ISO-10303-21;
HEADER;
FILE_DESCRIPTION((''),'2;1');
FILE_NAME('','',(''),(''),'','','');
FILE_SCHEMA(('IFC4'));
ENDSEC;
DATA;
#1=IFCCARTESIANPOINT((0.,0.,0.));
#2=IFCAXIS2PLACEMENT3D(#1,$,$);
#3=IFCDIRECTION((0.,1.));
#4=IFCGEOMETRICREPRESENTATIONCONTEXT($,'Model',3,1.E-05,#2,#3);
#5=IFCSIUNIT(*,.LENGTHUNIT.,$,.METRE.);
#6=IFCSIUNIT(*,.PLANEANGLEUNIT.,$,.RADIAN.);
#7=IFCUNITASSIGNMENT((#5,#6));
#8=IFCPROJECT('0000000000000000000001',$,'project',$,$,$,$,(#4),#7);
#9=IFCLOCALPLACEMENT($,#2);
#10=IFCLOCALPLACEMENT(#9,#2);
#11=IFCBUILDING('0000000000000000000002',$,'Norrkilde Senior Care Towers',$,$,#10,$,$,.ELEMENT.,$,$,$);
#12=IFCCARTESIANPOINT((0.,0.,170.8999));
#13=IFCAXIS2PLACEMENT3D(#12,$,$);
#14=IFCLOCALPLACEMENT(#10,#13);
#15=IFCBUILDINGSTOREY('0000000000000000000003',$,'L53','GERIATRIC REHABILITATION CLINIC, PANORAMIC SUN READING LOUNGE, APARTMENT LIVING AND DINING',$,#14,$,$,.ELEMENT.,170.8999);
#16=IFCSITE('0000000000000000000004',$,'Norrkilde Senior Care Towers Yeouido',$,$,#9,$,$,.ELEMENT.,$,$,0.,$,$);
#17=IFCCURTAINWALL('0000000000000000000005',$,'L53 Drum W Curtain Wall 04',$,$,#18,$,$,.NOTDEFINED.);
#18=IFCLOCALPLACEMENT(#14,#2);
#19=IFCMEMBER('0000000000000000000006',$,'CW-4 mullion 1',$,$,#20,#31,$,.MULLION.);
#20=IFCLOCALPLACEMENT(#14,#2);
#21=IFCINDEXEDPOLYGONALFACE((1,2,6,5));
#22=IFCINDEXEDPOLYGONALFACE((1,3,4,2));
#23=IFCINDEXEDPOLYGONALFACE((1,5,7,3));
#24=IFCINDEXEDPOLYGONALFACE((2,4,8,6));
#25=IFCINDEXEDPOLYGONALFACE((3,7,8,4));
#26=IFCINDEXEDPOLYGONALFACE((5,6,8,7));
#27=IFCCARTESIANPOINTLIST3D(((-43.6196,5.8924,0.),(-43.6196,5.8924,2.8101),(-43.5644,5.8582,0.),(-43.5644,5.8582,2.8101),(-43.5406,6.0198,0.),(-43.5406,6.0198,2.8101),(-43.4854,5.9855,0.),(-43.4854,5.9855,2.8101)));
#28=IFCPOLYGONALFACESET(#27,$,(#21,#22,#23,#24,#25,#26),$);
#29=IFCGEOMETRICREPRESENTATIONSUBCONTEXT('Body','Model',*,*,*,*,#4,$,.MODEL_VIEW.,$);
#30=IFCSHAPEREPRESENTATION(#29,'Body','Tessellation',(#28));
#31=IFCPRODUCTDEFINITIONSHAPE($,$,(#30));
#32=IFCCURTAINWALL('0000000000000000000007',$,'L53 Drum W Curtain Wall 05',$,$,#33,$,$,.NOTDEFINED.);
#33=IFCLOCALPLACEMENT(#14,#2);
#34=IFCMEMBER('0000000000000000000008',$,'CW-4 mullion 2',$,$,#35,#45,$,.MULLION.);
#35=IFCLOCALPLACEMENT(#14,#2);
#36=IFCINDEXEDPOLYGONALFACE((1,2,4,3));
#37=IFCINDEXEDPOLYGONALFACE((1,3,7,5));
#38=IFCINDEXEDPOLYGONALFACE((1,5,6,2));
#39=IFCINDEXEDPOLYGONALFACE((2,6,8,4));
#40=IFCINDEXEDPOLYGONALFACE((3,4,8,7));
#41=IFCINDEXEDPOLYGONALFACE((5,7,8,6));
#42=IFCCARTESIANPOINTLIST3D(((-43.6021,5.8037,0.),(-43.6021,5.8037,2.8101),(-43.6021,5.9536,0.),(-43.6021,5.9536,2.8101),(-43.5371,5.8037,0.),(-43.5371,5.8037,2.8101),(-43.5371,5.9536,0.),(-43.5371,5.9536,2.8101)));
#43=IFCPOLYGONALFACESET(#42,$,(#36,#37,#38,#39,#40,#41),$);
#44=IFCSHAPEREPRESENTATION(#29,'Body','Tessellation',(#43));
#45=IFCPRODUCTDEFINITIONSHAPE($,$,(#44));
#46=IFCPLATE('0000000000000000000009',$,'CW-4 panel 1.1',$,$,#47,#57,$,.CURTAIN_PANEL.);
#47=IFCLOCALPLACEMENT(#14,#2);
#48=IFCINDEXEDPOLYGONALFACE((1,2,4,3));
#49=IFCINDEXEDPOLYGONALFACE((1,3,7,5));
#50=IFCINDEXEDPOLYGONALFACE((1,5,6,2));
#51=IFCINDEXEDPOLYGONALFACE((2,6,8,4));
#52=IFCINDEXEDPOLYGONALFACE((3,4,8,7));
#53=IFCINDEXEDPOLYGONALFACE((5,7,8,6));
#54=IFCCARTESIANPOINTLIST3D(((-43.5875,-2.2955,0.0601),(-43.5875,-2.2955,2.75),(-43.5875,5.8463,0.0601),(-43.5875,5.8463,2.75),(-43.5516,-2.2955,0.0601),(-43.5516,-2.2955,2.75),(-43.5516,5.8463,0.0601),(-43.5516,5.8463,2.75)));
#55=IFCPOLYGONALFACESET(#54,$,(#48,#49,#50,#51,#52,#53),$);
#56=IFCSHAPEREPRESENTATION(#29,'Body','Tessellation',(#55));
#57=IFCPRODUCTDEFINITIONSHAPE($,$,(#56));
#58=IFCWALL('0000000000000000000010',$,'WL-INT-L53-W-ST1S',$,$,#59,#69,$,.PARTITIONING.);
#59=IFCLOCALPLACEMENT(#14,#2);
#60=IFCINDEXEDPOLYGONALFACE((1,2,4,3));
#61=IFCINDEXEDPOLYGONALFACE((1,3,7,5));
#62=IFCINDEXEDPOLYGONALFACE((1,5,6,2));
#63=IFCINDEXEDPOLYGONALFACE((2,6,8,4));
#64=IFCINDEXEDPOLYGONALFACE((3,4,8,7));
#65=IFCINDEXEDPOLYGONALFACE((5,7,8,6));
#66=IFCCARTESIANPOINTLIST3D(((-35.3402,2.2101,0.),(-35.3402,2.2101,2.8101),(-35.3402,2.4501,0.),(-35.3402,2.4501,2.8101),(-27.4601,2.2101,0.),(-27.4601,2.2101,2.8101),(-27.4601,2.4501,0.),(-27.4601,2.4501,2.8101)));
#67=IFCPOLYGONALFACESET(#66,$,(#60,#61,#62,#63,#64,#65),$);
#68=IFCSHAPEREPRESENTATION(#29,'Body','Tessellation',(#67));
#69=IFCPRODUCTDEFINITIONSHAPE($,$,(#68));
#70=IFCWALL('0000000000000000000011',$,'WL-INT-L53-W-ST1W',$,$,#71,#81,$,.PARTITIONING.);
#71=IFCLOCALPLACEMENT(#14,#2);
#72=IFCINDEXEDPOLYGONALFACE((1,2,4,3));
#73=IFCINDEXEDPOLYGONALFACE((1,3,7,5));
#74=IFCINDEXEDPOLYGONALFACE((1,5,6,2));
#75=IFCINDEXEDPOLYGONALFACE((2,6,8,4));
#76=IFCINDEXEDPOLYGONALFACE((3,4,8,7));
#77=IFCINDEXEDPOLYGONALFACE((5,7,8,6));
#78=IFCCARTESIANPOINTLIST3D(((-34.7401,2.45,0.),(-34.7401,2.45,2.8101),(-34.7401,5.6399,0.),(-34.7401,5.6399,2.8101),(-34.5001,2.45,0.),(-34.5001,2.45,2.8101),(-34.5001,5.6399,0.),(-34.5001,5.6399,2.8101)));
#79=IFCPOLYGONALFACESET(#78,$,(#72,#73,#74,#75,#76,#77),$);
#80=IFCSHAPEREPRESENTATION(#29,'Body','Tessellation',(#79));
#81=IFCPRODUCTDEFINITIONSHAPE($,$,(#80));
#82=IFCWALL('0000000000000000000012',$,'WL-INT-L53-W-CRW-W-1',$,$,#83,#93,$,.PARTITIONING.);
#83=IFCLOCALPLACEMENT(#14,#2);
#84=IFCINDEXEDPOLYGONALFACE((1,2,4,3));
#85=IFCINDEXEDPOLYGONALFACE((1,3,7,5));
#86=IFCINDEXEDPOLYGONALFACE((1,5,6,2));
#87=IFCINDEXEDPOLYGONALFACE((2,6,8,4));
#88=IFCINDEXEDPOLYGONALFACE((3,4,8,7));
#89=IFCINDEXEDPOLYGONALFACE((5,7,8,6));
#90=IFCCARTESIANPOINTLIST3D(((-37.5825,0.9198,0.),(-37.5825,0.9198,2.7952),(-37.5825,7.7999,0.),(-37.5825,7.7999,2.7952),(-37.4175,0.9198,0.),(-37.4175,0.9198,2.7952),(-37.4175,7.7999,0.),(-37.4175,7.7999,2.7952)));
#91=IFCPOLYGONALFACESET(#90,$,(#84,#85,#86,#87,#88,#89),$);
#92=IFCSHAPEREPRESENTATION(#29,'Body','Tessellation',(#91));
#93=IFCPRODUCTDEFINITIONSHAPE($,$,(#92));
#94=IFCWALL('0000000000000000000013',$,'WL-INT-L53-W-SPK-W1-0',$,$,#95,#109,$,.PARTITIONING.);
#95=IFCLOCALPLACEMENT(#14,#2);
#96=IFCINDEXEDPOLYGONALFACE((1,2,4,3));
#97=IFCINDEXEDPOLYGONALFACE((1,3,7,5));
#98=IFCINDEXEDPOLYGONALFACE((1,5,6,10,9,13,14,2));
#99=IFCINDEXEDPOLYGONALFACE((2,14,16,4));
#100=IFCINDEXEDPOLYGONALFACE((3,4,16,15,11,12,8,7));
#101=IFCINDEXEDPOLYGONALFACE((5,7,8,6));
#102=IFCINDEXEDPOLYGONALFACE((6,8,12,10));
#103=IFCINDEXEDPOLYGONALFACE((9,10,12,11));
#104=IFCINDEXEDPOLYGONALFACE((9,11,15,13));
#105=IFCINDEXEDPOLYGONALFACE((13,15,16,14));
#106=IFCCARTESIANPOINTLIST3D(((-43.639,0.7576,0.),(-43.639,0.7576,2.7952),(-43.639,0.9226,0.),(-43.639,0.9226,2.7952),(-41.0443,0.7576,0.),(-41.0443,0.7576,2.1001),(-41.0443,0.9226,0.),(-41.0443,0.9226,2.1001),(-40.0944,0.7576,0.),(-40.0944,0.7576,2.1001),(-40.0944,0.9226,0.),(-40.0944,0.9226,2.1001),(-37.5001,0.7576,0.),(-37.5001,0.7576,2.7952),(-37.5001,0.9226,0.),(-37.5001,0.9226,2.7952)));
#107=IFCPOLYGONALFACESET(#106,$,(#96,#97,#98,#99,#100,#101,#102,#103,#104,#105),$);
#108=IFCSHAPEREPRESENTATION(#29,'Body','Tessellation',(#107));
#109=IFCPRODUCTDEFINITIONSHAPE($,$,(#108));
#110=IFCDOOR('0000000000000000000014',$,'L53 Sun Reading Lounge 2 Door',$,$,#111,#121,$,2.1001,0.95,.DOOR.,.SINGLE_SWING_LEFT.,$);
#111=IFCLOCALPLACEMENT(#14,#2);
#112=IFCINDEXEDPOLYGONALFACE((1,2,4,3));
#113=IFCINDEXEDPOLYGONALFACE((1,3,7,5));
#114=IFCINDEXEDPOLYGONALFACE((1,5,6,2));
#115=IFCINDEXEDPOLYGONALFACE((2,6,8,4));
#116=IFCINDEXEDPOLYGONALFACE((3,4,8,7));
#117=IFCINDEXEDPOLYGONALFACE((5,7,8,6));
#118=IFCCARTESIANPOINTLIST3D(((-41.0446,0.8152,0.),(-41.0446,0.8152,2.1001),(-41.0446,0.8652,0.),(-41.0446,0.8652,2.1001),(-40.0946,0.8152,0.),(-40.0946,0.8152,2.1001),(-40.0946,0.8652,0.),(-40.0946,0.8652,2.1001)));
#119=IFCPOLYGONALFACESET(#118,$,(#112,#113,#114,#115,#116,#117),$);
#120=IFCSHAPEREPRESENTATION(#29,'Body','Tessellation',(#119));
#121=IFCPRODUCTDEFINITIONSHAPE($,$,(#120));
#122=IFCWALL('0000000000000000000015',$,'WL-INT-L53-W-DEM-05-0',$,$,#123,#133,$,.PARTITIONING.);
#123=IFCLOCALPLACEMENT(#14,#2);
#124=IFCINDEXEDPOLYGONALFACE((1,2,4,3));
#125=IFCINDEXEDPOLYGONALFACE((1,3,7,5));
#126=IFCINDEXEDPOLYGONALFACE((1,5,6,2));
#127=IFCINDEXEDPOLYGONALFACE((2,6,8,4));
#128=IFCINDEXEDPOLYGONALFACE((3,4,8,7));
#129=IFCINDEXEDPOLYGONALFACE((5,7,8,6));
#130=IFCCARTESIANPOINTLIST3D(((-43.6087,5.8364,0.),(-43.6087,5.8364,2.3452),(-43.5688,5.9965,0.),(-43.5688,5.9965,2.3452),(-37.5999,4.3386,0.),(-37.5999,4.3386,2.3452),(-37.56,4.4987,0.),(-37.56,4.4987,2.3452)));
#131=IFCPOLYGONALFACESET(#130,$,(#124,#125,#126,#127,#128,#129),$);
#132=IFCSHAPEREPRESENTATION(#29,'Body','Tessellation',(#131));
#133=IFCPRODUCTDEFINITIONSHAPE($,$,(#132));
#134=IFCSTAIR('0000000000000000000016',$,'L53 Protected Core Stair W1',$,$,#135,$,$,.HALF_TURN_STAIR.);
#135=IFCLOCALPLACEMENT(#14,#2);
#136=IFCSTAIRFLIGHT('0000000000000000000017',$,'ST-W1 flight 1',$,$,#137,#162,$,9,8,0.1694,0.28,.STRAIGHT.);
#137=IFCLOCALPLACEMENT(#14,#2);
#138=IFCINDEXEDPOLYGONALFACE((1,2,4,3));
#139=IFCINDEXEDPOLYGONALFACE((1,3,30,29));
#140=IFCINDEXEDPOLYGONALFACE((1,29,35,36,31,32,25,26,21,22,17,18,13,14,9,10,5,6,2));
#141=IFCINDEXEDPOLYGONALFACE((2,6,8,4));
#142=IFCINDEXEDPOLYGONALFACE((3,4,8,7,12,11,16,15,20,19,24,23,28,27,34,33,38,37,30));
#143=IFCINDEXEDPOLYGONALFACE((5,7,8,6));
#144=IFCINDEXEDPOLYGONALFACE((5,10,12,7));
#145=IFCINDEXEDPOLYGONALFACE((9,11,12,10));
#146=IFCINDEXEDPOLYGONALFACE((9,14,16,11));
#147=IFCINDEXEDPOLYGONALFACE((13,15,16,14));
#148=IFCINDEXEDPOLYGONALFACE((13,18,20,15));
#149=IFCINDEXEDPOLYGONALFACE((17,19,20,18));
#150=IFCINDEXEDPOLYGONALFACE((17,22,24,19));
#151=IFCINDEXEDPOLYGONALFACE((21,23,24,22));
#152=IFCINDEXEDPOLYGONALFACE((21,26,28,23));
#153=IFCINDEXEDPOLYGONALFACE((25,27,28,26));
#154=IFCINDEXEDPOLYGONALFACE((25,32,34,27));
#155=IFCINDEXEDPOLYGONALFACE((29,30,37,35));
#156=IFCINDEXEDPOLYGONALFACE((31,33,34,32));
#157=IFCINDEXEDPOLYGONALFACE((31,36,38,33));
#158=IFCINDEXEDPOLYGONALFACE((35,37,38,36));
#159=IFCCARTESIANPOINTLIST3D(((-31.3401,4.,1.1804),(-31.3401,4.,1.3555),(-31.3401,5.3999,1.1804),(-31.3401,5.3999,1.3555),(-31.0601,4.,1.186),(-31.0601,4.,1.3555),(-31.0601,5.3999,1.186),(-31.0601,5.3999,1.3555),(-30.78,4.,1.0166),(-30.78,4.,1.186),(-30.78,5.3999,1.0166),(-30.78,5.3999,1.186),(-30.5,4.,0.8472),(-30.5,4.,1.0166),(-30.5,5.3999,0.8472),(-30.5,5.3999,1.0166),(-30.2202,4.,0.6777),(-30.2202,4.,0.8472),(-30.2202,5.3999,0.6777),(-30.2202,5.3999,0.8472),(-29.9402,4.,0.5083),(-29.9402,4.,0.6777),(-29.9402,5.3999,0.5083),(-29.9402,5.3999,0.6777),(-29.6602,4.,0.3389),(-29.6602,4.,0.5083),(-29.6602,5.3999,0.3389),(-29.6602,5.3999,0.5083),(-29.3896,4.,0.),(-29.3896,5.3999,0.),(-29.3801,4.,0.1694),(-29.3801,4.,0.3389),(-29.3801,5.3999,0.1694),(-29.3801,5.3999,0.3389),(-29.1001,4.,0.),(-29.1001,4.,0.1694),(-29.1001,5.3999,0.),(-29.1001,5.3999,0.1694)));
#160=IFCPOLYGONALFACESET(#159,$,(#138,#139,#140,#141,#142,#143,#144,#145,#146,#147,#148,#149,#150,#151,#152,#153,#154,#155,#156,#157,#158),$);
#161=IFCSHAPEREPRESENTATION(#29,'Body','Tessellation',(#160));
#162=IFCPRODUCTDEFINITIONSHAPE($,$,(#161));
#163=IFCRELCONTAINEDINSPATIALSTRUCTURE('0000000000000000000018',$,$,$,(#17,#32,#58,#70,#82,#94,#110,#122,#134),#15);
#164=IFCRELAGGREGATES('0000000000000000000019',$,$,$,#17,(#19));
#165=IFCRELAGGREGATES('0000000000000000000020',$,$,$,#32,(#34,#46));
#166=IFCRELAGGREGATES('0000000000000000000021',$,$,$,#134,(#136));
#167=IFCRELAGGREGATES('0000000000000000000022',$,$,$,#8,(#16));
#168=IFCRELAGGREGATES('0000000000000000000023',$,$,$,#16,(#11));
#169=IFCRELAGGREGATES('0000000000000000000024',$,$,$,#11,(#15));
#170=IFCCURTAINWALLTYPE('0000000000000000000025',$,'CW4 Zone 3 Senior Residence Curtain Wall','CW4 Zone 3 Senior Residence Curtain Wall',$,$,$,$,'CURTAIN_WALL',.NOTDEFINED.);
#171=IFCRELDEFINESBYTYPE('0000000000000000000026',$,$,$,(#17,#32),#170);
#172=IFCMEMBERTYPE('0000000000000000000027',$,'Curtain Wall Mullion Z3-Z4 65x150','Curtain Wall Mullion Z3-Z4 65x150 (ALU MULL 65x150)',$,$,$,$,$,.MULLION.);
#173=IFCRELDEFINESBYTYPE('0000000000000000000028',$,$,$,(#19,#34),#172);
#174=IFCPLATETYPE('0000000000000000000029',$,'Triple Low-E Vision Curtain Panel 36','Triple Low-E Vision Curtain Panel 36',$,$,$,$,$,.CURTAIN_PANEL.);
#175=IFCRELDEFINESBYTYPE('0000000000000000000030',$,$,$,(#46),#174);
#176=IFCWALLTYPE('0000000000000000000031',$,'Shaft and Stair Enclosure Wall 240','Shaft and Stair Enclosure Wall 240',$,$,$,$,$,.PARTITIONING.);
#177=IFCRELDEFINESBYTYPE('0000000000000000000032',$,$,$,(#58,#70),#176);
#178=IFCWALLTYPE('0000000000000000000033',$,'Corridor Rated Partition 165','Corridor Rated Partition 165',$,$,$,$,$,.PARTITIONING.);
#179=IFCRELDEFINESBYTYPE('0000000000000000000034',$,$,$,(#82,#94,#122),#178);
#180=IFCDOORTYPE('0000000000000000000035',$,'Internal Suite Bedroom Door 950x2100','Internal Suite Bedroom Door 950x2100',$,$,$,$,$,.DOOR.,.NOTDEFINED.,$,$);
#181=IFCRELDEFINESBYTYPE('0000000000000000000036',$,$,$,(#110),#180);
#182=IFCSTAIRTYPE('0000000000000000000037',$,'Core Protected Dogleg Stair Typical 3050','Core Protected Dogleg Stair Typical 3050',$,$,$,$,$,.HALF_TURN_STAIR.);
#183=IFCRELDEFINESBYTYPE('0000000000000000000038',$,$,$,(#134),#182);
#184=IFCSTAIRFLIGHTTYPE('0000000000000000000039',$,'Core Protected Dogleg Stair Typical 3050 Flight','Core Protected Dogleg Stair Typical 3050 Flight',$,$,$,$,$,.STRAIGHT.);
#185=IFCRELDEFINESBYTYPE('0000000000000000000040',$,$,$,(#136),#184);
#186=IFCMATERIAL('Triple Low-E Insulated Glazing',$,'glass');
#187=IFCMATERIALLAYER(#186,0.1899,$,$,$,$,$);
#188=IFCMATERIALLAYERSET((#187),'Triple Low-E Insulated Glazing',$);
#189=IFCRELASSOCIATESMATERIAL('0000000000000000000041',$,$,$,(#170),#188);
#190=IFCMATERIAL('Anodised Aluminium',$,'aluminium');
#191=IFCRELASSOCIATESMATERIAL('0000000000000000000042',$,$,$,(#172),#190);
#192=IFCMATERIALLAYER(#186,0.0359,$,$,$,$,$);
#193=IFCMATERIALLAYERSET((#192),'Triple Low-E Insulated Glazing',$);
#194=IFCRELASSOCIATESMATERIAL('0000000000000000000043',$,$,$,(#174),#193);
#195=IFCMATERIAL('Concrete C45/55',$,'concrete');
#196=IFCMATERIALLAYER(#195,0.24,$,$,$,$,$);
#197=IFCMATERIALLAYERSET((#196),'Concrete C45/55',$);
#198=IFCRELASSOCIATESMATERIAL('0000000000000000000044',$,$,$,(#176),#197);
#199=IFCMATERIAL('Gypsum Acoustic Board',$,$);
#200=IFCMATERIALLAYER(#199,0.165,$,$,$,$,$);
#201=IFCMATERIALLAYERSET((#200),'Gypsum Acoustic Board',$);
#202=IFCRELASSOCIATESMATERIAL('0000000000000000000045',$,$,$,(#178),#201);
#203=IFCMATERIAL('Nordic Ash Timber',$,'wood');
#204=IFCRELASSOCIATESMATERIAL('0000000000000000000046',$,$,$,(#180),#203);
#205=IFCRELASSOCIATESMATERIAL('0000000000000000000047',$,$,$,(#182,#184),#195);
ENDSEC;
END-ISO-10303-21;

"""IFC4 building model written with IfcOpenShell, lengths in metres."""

from ifc_helpers import new_model, si_unit, direction, frame, frame_2d, origin, origin_2d, place, context, subcontext, project, spatial, polyline, rectangle, outline, extrude, source, transform, mapped, material, layer, layer_set, material_profile, profile_set, type_object, type_shapes, element, fill, aggregate, save


model = new_model("IFC4")

# Units and contexts
model_context = context("Model", 3, precision=1e-05, world=origin(), true_north=direction((0.0, 1.0)))
body_context = subcontext(model_context, "Body", "Model", "MODEL_VIEW")
ifc_project = project(units=[si_unit("LENGTHUNIT", "METRE"), si_unit("PLANEANGLEUNIT", "RADIAN")], contexts=[model_context])

# Site, building, storey
site_placement = place(None, origin())
site = spatial("IfcSite", under=ifc_project, at=site_placement, Name="Norrkilde Senior Care Towers Yeouido", CompositionType="ELEMENT", RefElevation=0.0)
building_placement = place(site_placement, origin())
building = spatial("IfcBuilding", under=site, at=building_placement, Name="Norrkilde Senior Care Towers", CompositionType="ELEMENT")
storey_placement = place(building_placement, frame((0.0, 0.0, 170.8999)))
storey = spatial("IfcBuildingStorey", under=building, at=storey_placement, Name="L53", Description="GERIATRIC REHABILITATION CLINIC, PANORAMIC SUN READING LOUNGE, APARTMENT LIVING AND DINING", CompositionType="ELEMENT", Elevation=170.8999)

# Curtain wall, member
ifc_material_1 = material(Name="Triple Low-E Insulated Glazing", Category="glass")
ifc_layer_1 = layer(ifc_material_1, 0.1899)
ifc_layer_set_1 = layer_set([ifc_layer_1], Name="Triple Low-E Insulated Glazing")
curtain_wall_type = type_object("IfcCurtainWallType", Name="CW4 Zone 3 Senior Residence Curtain Wall", Description="CW4 Zone 3 Senior Residence Curtain Wall", ElementType="CURTAIN_WALL", PredefinedType="NOTDEFINED", material=ifc_layer_set_1)
curtain_wall_1_placement = place(storey_placement, origin())
curtain_wall_1 = element("IfcCurtainWall", 1, at=curtain_wall_1_placement, inside=storey, type_object=curtain_wall_type, Name="L53 Drum W Curtain Wall 04", PredefinedType="NOTDEFINED")
ifc_material_2 = material(Name="Anodised Aluminium", Category="aluminium")
ifc_material_profile_1 = material_profile(ifc_material_2, rectangle(XDim=0.0649, YDim=0.1499, at=origin_2d()), Name="ALU MULL 65x150")
ifc_profile_set_1 = profile_set([ifc_material_profile_1], Name="Anodised Aluminium")
member_type = type_object("IfcMemberType", Name="Curtain Wall Mullion Z3-Z4 65x150", Description="Curtain Wall Mullion Z3-Z4 65x150 (ALU MULL 65x150)", PredefinedType="MULLION", material=ifc_profile_set_1)
shared_shape_1 = source(origin(), body_context, "Body", "SweptSolid", [
    extrude(rectangle(XDim=0.0649, YDim=0.1499, at=origin_2d()), origin(), (0.0, 0.0, 1.0), 2.8101),
])
type_shapes(member_type, [shared_shape_1])
member_1_placement = place(storey_placement, frame((-43.5525, 5.939, 0.0), z_axis=(0.0, 0.0, 1.0), x_axis=(-0.849634, 0.527373, 0.0)))
member_1 = element("IfcMember", 2, at=member_1_placement, type_object=member_type, Name="CW-4 mullion 1", PredefinedType="MULLION", context=body_context, shape_type="MappedRepresentation", body=[
    mapped(shared_shape_1, transform((0.0, 0.0, 0.0), x_axis=(1.0, 0.0, 0.0), y_axis=(0.0, 1.0, 0.0), z_axis=(0.0, 0.0, 1.0), scale=1.0)),
])
aggregate(curtain_wall_1, [member_1])

# Curtain wall, member, plate
curtain_wall_2_placement = place(storey_placement, origin())
curtain_wall_2 = element("IfcCurtainWall", 3, at=curtain_wall_2_placement, inside=storey, type_object=curtain_wall_type, Name="L53 Drum W Curtain Wall 05", PredefinedType="NOTDEFINED")
member_2_placement = place(storey_placement, frame((-43.5696, 5.8787, 0.0), z_axis=(0.0, 0.0, 1.0), x_axis=(-1.0, 0.0, 0.0)))
member_2 = element("IfcMember", 4, at=member_2_placement, type_object=member_type, Name="CW-4 mullion 2", PredefinedType="MULLION", context=body_context, shape_type="MappedRepresentation", body=[
    mapped(shared_shape_1, transform((0.0, 0.0, 0.0), x_axis=(1.0, 0.0, 0.0), y_axis=(0.0, 1.0, 0.0), z_axis=(0.0, 0.0, 1.0), scale=1.0)),
])
ifc_layer_2 = layer(ifc_material_1, 0.0359)
ifc_layer_set_2 = layer_set([ifc_layer_2], Name="Triple Low-E Insulated Glazing")
plate_type = type_object("IfcPlateType", Name="Triple Low-E Vision Curtain Panel 36", Description="Triple Low-E Vision Curtain Panel 36", PredefinedType="CURTAIN_PANEL", material=ifc_layer_set_2)
shared_shape_2 = source(origin(), body_context, "Body", "SweptSolid", [
    extrude(rectangle(XDim=8.1418, YDim=0.0359, at=origin_2d()), origin(), (0.0, 0.0, 1.0), 2.6899),
])
type_shapes(plate_type, [shared_shape_2])
plate_placement = place(storey_placement, frame((-43.5696, 1.7754, 0.0601), z_axis=(0.0, 0.0, 1.0), x_axis=(0.0, 1.0, 0.0)))
plate = element("IfcPlate", 5, at=plate_placement, type_object=plate_type, Name="CW-4 panel 1.1", PredefinedType="CURTAIN_PANEL", context=body_context, shape_type="MappedRepresentation", body=[
    mapped(shared_shape_2, transform((0.0, 0.0, 0.0), x_axis=(1.0, 0.0, 0.0), y_axis=(0.0, 1.0, 0.0), z_axis=(0.0, 0.0, 1.0), scale=1.0)),
])
aggregate(curtain_wall_2, [member_2, plate])

# Walls
ifc_material_3 = material(Name="Concrete C45/55", Category="concrete")
ifc_layer_3 = layer(ifc_material_3, 0.24)
ifc_layer_set_3 = layer_set([ifc_layer_3], Name="Concrete C45/55")
wall_type_1 = type_object("IfcWallType", Name="Shaft and Stair Enclosure Wall 240", Description="Shaft and Stair Enclosure Wall 240", PredefinedType="PARTITIONING", material=ifc_layer_set_3)
shared_shape_3 = source(origin(), body_context, "Body", "SweptSolid", [
    extrude(rectangle(XDim=7.8801, YDim=0.24, at=frame_2d((3.9399, 0.0))), origin(), (0.0, 0.0, 1.0), 2.8101),
])
wall_1_placement = place(storey_placement, frame((-35.3401, 2.3301, 0.0), z_axis=(0.0, 0.0, 1.0), x_axis=(1.0, 0.0, 0.0)))
element("IfcWall", 6, at=wall_1_placement, inside=storey, type_object=wall_type_1, Name="WL-INT-L53-W-ST1S", PredefinedType="PARTITIONING", context=body_context, shape_type="MappedRepresentation", body=[
    mapped(shared_shape_3, transform((0.0, 0.0, 0.0), x_axis=(1.0, 0.0, 0.0), y_axis=(0.0, 1.0, 0.0), z_axis=(0.0, 0.0, 1.0), scale=1.0)),
])
shared_shape_4 = source(origin(), body_context, "Body", "SweptSolid", [
    extrude(rectangle(XDim=3.1899, YDim=0.24, at=frame_2d((1.595, 0.0))), origin(), (0.0, 0.0, 1.0), 2.8101),
])
type_shapes(wall_type_1, [shared_shape_3, shared_shape_4])
wall_2_placement = place(storey_placement, frame((-34.6201, 2.45, 0.0), z_axis=(0.0, 0.0, 1.0), x_axis=(0.0, 1.0, 0.0)))
element("IfcWall", 7, at=wall_2_placement, inside=storey, type_object=wall_type_1, Name="WL-INT-L53-W-ST1W", PredefinedType="PARTITIONING", context=body_context, shape_type="MappedRepresentation", body=[
    mapped(shared_shape_4, transform((0.0, 0.0, 0.0), x_axis=(1.0, 0.0, 0.0), y_axis=(0.0, 1.0, 0.0), z_axis=(0.0, 0.0, 1.0), scale=1.0)),
])

# Wall
ifc_material_4 = material(Name="Gypsum Acoustic Board")
ifc_layer_4 = layer(ifc_material_4, 0.165)
ifc_layer_set_4 = layer_set([ifc_layer_4], Name="Gypsum Acoustic Board")
wall_type_2 = type_object("IfcWallType", Name="Corridor Rated Partition 165", Description="Corridor Rated Partition 165", PredefinedType="PARTITIONING", material=ifc_layer_set_4)
shared_shape_5 = source(origin(), body_context, "Body", "SweptSolid", [
    extrude(rectangle(XDim=6.8801, YDim=0.165, at=frame_2d((3.4399, 0.0))), origin(), (0.0, 0.0, 1.0), 2.7952),
])
wall_3_placement = place(storey_placement, frame((-37.5, 0.9199, 0.0), z_axis=(0.0, 0.0, 1.0), x_axis=(0.0, 1.0, 0.0)))
element("IfcWall", 8, at=wall_3_placement, inside=storey, type_object=wall_type_2, Name="WL-INT-L53-W-CRW-W-1", PredefinedType="PARTITIONING", context=body_context, shape_type="MappedRepresentation", body=[
    mapped(shared_shape_5, transform((0.0, 0.0, 0.0), x_axis=(1.0, 0.0, 0.0), y_axis=(0.0, 1.0, 0.0), z_axis=(0.0, 0.0, 1.0), scale=1.0)),
])

# Wall, opening, door
shared_shape_6 = source(origin(), body_context, "Body", "SweptSolid", [
    extrude(rectangle(XDim=6.1389, YDim=0.165, at=frame_2d((3.0693, 0.0))), origin(), (0.0, 0.0, 1.0), 2.7952),
])
wall_4_placement = place(storey_placement, frame((-43.6389, 0.8401, 0.0), z_axis=(0.0, 0.0, 1.0), x_axis=(1.0, 0.0, 0.0)))
wall_4 = element("IfcWall", 9, at=wall_4_placement, inside=storey, type_object=wall_type_2, Name="WL-INT-L53-W-SPK-W1-0", PredefinedType="PARTITIONING", context=body_context, shape_type="MappedRepresentation", body=[
    mapped(shared_shape_6, transform((0.0, 0.0, 0.0), x_axis=(1.0, 0.0, 0.0), y_axis=(0.0, 1.0, 0.0), z_axis=(0.0, 0.0, 1.0), scale=1.0)),
])
opening_1_placement = place(wall_4_placement, frame((2.5945, 0.0, 0.0)))
opening_1 = element("IfcOpeningElement", 10, at=opening_1_placement, cuts=wall_4, PredefinedType="OPENING", context=body_context, shape_type="SweptSolid", body=[
    extrude(rectangle(XDim=0.95, YDim=2.1001, at=frame_2d((0.4751, 1.05))), frame((0.0, 0.0925, 0.0), z_axis=(0.0, -1.0, 0.0), x_axis=(1.0, 0.0, 0.0)), (0.0, 0.0, 1.0), 0.1851),
])
ifc_material_5 = material(Name="Nordic Ash Timber", Category="wood")
door_type_1 = type_object("IfcDoorType", Name="Internal Suite Bedroom Door 950x2100", Description="Internal Suite Bedroom Door 950x2100", OperationType="NOTDEFINED", PredefinedType="DOOR", material=ifc_material_5)
shared_shape_7 = source(origin(), body_context, "Body", "SweptSolid", [
    extrude(rectangle(XDim=0.95, YDim=2.1001, at=frame_2d((0.4751, 1.05))), frame((0.0, 0.0249, 0.0), z_axis=(0.0, -1.0, 0.0), x_axis=(1.0, 0.0, 0.0)), (0.0, 0.0, 1.0), 0.05),
])
type_shapes(door_type_1, [shared_shape_7])
door_1_placement = place(opening_1_placement, frame((0.95, 0.0, 0.0), z_axis=(0.0, 0.0, 1.0), x_axis=(-1.0, 0.0, 0.0)))
door_1 = element("IfcDoor", 11, at=door_1_placement, inside=storey, type_object=door_type_1, Name="L53 Sun Reading Lounge 2 Door", OperationType="SINGLE_SWING_LEFT", OverallHeight=2.1001, OverallWidth=0.95, PredefinedType="DOOR", context=body_context, shape_type="MappedRepresentation", body=[
    mapped(shared_shape_7, transform((0.0, 0.0, 0.0), x_axis=(1.0, 0.0, 0.0), y_axis=(0.0, 1.0, 0.0), z_axis=(0.0, 0.0, 1.0), scale=1.0)),
])
fill(opening_1, door_1)

# Wall
shared_shape_8 = source(origin(), body_context, "Body", "SweptSolid", [
    extrude(rectangle(XDim=6.1926, YDim=0.165, at=frame_2d((3.0962, 0.0))), origin(), (0.0, 0.0, 1.0), 2.3452),
])
type_shapes(wall_type_2, [shared_shape_5, shared_shape_6, shared_shape_8])
wall_5_placement = place(storey_placement, frame((-37.5801, 4.4187, 0.0), z_axis=(0.0, 0.0, 1.0), x_axis=(-0.970309, 0.241868, 0.0)))
element("IfcWall", 12, at=wall_5_placement, inside=storey, type_object=wall_type_2, Name="WL-INT-L53-W-DEM-05-0", PredefinedType="PARTITIONING", context=body_context, shape_type="MappedRepresentation", body=[
    mapped(shared_shape_8, transform((0.0, 0.0, 0.0), x_axis=(1.0, 0.0, 0.0), y_axis=(0.0, 1.0, 0.0), z_axis=(0.0, 0.0, 1.0), scale=1.0)),
])

# Stair, stair flight
stair_type = type_object("IfcStairType", Name="Core Protected Dogleg Stair Typical 3050", Description="Core Protected Dogleg Stair Typical 3050", PredefinedType="HALF_TURN_STAIR", material=ifc_material_3)
stair_placement = place(storey_placement, origin())
stair = element("IfcStair", 13, at=stair_placement, inside=storey, type_object=stair_type, Name="L53 Protected Core Stair W1", PredefinedType="HALF_TURN_STAIR")
stair_flight_type = type_object("IfcStairFlightType", Name="Core Protected Dogleg Stair Typical 3050 Flight", Description="Core Protected Dogleg Stair Typical 3050 Flight", PredefinedType="STRAIGHT", material=ifc_material_3)
stair_flight_1_placement = place(storey_placement, frame((-29.1001, 4.7, 0.0), z_axis=(0.0, 0.0, 1.0), x_axis=(-1.0, 0.0, 0.0)))
stair_flight_1 = element("IfcStairFlight", 14, at=stair_flight_1_placement, type_object=stair_flight_type, Name="ST-W1 flight 1", NumberOfRisers=9, NumberOfTreads=8, PredefinedType="STRAIGHT", RiserHeight=0.1694, TreadLength=0.28, context=body_context, shape_type="SweptSolid", body=[
    extrude(outline(polyline([(0.0, 0.0), (0.0, 0.1694), (0.28, 0.1694), (0.28, 0.3389), (0.5601, 0.3389), (0.5601, 0.5083), (0.8401, 0.5083), (0.8401, 0.6777), (1.1201, 0.6777), (1.1201, 0.8472), (1.3999, 0.8472), (1.3999, 1.0166), (1.6799, 1.0166), (1.6799, 1.186), (1.96, 1.186), (1.96, 1.3555), (2.24, 1.3555), (2.24, 1.5249), (2.24, 1.1804), (0.2896, 0.0), (0.0, 0.0)])), frame((0.0, 0.7, 0.0), z_axis=(0.0, -1.0, 0.0), x_axis=(1.0, 0.0, 0.0)), (0.0, 0.0, 1.0), 1.3999),
])
aggregate(stair, [stair_flight_1])

save(model, "model.ifc")
